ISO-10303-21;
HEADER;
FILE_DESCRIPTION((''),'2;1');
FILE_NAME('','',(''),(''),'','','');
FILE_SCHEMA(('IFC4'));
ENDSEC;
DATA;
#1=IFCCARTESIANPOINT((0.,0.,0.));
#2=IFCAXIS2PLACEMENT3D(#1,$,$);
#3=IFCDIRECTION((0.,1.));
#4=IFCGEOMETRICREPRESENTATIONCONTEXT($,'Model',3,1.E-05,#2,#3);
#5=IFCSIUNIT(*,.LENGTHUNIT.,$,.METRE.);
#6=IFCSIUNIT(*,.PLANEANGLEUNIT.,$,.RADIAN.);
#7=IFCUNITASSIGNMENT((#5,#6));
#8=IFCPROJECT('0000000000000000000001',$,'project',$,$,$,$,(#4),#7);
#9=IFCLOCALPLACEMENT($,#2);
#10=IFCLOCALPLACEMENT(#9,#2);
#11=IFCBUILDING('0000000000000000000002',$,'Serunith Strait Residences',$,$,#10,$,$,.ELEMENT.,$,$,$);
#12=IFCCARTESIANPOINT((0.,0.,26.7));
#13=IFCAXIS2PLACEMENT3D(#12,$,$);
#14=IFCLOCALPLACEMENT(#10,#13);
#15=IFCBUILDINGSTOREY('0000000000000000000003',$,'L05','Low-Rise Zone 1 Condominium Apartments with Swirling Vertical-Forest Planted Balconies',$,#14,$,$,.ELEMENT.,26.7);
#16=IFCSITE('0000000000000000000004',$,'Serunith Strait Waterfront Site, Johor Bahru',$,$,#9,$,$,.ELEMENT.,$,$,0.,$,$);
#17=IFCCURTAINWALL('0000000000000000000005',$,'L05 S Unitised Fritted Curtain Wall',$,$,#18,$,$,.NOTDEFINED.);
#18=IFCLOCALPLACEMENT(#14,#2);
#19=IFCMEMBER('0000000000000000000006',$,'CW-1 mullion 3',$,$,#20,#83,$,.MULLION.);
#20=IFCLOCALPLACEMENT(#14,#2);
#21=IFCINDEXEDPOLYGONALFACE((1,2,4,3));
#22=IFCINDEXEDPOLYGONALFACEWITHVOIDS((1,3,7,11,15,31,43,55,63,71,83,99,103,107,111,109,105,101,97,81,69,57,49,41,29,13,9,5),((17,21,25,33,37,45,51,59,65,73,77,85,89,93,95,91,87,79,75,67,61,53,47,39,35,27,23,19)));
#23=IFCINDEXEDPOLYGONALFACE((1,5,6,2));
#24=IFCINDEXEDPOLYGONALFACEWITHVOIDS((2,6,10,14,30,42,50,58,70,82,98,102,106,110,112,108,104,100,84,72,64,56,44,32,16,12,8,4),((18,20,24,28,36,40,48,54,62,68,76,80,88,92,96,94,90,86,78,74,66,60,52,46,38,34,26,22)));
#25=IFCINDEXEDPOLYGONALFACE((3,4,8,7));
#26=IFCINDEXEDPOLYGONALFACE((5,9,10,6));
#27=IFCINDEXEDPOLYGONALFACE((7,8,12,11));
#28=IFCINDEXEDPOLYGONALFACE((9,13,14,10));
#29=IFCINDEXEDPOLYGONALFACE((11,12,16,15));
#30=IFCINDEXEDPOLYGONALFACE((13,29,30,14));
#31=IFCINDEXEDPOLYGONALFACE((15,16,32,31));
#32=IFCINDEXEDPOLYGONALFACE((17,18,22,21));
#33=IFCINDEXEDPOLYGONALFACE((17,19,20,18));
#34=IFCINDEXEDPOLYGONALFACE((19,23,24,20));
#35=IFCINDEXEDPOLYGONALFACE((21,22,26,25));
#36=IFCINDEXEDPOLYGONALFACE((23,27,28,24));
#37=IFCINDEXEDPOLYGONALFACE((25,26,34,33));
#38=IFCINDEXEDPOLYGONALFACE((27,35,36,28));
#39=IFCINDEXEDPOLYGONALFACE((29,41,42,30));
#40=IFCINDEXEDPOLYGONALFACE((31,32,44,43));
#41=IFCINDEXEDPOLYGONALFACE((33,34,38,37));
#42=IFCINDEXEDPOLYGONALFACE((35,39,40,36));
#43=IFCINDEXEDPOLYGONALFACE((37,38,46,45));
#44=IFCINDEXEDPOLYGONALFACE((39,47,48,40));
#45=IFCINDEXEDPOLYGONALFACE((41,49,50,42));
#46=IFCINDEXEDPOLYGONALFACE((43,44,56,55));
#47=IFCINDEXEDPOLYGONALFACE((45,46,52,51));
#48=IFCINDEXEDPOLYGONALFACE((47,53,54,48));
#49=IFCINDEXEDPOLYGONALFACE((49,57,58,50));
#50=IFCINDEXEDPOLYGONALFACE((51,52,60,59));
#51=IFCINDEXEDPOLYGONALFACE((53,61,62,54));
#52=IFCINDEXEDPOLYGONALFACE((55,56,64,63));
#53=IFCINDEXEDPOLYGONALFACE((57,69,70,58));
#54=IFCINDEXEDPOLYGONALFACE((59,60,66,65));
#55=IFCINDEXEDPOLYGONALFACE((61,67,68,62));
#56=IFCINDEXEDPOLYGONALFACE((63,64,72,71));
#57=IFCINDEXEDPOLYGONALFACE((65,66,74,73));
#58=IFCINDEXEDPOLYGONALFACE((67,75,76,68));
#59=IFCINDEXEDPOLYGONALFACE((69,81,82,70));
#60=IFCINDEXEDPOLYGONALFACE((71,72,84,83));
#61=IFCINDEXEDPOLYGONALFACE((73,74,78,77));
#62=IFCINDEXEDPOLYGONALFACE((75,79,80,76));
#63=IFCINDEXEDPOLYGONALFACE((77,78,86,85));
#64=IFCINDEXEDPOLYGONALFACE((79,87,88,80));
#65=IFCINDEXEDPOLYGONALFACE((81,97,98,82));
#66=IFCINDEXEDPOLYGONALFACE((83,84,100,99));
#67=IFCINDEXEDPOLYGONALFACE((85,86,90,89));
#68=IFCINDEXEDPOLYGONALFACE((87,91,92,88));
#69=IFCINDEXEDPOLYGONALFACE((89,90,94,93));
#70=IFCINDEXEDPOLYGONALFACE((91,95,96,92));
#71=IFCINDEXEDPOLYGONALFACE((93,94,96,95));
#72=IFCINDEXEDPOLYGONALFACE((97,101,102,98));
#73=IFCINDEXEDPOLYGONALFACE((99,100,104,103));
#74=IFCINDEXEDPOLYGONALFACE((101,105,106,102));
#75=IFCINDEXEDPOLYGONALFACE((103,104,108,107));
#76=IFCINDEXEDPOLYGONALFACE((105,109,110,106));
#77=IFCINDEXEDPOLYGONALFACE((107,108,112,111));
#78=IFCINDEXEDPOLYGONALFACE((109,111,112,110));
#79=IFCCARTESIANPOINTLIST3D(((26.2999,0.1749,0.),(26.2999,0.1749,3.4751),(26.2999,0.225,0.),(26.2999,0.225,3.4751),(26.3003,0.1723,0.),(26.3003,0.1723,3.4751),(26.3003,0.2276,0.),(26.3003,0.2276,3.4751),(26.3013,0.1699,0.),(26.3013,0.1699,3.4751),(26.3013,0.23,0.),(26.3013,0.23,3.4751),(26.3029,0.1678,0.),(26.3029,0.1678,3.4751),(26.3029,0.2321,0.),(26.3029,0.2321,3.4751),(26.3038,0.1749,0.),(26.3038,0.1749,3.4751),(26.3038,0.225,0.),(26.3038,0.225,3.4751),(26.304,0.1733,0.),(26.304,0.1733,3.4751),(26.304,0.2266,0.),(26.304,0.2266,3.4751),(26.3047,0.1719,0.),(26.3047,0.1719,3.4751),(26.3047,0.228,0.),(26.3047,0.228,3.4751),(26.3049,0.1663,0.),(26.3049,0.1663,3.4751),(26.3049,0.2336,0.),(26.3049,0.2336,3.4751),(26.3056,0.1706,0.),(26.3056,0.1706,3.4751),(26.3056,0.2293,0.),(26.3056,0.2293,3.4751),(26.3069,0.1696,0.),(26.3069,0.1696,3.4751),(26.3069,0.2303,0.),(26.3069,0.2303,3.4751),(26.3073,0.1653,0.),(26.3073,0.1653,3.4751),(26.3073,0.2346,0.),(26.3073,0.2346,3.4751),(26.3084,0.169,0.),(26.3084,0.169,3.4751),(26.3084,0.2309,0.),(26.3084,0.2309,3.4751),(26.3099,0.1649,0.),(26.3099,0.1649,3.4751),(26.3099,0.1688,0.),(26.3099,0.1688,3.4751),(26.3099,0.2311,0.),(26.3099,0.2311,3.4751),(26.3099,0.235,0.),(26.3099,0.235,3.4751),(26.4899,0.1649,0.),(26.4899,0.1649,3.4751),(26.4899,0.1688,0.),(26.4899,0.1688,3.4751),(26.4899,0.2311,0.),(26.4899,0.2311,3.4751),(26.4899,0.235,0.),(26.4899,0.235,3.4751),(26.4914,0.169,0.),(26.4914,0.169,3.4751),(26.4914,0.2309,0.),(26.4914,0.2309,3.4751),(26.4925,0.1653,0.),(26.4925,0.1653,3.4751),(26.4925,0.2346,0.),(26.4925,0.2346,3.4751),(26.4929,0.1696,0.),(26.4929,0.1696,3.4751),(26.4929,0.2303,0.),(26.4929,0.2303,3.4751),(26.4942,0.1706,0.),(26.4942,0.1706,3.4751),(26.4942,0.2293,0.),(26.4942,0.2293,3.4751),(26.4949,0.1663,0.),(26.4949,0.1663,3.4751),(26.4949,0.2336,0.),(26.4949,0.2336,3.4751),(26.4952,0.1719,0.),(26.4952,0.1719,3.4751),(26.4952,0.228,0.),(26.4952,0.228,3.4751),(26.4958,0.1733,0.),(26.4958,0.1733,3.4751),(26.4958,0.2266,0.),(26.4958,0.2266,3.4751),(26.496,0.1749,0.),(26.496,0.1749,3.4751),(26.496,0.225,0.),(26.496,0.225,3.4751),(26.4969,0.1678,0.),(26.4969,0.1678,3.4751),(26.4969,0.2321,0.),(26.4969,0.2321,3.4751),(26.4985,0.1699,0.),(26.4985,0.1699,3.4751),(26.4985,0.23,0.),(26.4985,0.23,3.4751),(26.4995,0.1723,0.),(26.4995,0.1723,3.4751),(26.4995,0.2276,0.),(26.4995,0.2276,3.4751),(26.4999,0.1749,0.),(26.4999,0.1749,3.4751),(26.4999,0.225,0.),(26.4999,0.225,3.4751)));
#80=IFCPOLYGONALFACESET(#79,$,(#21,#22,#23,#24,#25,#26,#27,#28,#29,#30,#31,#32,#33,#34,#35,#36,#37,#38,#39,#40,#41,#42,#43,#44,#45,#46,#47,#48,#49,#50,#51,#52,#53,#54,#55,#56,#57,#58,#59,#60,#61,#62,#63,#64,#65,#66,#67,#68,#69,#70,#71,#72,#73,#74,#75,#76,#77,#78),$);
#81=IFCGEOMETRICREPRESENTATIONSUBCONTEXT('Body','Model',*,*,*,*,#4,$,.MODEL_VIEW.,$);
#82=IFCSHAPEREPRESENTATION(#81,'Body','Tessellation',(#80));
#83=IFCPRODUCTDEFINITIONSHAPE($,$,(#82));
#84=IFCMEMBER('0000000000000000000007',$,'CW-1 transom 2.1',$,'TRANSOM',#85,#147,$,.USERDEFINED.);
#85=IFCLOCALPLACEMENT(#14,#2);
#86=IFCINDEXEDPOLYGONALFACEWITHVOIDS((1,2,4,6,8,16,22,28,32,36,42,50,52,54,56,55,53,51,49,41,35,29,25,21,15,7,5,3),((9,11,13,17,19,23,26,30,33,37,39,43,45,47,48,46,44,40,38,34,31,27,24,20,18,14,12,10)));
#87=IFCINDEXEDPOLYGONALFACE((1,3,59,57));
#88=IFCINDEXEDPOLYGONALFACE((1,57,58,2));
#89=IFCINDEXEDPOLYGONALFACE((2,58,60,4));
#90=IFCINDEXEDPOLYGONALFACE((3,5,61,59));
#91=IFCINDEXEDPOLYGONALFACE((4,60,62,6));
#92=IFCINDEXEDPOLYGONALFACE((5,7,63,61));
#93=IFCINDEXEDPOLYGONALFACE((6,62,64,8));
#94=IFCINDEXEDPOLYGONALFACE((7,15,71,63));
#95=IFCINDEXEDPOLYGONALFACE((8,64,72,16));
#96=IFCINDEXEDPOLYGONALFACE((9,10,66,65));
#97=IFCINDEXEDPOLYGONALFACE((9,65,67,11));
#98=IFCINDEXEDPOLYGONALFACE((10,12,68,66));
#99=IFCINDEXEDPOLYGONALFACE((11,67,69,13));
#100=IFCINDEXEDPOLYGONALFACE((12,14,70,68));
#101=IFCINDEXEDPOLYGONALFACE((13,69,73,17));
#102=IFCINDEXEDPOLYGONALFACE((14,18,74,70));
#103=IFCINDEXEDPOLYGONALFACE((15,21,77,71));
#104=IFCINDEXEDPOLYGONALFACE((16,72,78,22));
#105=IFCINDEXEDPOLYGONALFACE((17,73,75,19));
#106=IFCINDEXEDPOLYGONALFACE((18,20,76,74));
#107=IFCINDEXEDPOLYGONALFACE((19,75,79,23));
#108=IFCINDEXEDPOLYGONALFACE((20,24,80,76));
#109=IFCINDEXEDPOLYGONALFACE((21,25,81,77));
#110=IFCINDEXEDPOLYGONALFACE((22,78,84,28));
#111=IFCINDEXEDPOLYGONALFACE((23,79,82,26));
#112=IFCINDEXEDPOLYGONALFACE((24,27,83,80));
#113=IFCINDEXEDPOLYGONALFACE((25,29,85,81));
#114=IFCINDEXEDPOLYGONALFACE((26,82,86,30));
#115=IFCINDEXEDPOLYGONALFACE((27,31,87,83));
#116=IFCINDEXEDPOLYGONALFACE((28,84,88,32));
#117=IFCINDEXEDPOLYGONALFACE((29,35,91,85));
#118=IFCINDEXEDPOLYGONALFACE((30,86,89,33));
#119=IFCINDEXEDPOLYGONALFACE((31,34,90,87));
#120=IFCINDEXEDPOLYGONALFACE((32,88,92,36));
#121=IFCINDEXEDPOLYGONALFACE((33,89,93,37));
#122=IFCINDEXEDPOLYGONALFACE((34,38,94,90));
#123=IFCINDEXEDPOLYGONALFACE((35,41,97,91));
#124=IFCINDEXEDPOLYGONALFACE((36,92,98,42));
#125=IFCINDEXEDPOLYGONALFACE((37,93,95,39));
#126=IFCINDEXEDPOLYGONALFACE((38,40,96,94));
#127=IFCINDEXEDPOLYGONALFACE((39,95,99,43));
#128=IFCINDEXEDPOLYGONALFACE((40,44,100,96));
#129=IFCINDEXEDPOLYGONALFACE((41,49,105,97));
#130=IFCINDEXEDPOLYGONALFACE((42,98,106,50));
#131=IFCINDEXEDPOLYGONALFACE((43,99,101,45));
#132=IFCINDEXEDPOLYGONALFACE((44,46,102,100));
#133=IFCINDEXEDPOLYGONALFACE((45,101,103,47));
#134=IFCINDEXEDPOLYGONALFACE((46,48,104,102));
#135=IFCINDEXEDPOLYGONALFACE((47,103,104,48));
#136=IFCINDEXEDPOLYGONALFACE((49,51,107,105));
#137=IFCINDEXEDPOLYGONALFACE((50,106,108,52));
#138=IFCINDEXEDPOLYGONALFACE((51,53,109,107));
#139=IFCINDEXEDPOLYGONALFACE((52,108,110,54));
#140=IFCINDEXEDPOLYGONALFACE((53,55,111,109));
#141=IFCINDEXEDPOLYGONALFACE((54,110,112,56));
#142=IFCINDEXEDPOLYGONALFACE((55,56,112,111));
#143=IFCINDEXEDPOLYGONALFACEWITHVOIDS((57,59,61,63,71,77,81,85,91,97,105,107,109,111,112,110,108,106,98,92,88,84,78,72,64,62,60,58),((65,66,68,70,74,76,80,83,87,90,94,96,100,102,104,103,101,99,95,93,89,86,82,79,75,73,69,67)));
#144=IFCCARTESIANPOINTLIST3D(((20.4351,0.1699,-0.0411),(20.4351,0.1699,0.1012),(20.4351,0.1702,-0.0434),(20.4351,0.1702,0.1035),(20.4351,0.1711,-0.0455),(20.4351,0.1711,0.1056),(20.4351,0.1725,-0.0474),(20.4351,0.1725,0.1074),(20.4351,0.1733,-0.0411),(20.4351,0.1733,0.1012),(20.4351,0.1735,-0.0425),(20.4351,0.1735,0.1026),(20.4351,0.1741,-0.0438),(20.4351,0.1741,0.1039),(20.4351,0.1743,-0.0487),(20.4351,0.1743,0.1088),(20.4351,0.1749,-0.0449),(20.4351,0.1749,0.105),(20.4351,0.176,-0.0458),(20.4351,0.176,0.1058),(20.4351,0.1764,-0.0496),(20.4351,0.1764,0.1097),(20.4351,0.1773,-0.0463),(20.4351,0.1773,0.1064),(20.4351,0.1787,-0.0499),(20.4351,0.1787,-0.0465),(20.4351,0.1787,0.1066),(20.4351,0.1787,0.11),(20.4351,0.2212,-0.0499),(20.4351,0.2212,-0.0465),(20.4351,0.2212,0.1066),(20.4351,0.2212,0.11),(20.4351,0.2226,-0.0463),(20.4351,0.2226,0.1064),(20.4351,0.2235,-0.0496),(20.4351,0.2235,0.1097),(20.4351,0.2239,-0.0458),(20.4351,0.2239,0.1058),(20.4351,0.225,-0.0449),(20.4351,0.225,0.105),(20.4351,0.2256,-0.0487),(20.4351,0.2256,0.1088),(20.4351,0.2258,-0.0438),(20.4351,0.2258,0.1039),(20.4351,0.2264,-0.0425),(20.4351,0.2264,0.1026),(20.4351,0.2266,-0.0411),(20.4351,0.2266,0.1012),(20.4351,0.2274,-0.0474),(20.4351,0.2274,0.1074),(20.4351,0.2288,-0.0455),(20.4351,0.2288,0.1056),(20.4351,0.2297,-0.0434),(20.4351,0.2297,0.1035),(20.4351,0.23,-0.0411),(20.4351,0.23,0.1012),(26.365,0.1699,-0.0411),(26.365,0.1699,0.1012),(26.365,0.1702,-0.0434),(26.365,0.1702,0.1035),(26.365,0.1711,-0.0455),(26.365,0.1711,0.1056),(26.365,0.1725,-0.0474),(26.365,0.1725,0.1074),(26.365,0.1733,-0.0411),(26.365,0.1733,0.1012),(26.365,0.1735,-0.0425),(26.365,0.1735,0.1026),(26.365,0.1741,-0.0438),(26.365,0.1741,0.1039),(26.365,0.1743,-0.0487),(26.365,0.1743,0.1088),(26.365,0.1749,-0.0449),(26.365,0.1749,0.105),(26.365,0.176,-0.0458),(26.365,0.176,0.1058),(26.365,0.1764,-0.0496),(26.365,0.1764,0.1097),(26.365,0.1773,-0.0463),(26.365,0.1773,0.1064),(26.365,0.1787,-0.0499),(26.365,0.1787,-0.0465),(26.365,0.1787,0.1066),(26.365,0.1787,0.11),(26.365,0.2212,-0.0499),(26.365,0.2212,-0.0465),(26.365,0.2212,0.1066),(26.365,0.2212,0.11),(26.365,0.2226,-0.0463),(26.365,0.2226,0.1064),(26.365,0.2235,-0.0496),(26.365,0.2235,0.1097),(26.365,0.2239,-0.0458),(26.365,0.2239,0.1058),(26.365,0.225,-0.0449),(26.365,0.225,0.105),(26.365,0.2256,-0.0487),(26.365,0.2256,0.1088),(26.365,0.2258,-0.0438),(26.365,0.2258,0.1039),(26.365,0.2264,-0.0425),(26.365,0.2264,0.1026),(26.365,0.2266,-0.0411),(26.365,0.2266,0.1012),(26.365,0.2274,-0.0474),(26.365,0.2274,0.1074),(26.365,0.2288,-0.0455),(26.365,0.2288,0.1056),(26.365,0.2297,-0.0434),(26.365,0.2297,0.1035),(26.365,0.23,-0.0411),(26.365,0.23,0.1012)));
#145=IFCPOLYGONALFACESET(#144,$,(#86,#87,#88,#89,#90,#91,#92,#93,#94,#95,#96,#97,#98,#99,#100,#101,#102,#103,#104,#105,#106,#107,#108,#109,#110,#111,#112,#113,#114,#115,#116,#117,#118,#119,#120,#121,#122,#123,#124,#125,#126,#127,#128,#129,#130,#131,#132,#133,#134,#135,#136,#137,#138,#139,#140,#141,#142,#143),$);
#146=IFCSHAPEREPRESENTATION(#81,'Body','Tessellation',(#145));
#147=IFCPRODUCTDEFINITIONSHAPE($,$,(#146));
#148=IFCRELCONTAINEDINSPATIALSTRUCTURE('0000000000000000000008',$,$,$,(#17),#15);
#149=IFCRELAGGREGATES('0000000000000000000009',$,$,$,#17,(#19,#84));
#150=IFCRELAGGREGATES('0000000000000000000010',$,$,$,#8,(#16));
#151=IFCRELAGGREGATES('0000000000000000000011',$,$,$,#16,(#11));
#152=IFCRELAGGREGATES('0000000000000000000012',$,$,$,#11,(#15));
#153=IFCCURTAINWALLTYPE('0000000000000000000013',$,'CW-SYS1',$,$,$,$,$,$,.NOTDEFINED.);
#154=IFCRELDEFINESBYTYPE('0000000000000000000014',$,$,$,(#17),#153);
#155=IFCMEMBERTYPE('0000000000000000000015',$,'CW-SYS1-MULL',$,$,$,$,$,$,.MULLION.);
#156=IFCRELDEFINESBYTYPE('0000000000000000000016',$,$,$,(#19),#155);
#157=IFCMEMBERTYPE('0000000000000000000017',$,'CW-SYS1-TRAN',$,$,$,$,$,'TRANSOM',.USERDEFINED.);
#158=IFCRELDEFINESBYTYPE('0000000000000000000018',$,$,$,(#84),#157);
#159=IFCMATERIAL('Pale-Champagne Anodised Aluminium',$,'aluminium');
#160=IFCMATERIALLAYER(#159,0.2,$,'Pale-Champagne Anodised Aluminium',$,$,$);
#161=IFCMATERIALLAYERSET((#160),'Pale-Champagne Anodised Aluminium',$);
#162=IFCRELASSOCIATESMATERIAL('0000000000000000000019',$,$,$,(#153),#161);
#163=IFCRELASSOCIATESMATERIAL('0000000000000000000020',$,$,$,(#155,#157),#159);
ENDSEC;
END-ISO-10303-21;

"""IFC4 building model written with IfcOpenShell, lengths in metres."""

from ifc_helpers import new_model, si_unit, direction, frame, origin, origin_2d, place, context, subcontext, project, spatial, hollow_rectangle, extrude, source, transform, mapped, material, layer, layer_set, material_profile, profile_set, type_object, element, aggregate, save


model = new_model("IFC4")

# Units and contexts
model_context = context("Model", 3, precision=1e-05, world=origin(), true_north=direction((0.0, 1.0)))
body_context = subcontext(model_context, "Body", "Model", "MODEL_VIEW")
ifc_project = project(units=[si_unit("LENGTHUNIT", "METRE"), si_unit("PLANEANGLEUNIT", "RADIAN")], contexts=[model_context])

# Site, building, storey
site_placement = place(None, origin())
site = spatial("IfcSite", under=ifc_project, at=site_placement, Name="Serunith Strait Waterfront Site, Johor Bahru", CompositionType="ELEMENT", RefElevation=0.0)
building_placement = place(site_placement, origin())
building = spatial("IfcBuilding", under=site, at=building_placement, Name="Serunith Strait Residences", CompositionType="ELEMENT")
storey_placement = place(building_placement, frame((0.0, 0.0, 26.7)))
storey = spatial("IfcBuildingStorey", under=building, at=storey_placement, Name="L05", Description="Low-Rise Zone 1 Condominium Apartments with Swirling Vertical-Forest Planted Balconies", CompositionType="ELEMENT", Elevation=26.7)

# Curtain wall, members
ifc_material_1 = material(Name="Pale-Champagne Anodised Aluminium", Category="aluminium")
ifc_layer_1 = layer(ifc_material_1, 0.2, Name="Pale-Champagne Anodised Aluminium")
ifc_layer_set_1 = layer_set([ifc_layer_1], Name="Pale-Champagne Anodised Aluminium")
curtain_wall_type = type_object("IfcCurtainWallType", Name="CW-SYS1", PredefinedType="NOTDEFINED", material=ifc_layer_set_1)
curtain_wall_placement = place(storey_placement, origin())
curtain_wall = element("IfcCurtainWall", 1, at=curtain_wall_placement, inside=storey, type_object=curtain_wall_type, Name="L05 S Unitised Fritted Curtain Wall", PredefinedType="NOTDEFINED")
ifc_material_profile_1 = material_profile(ifc_material_1, hollow_rectangle(XDim=0.0701, YDim=0.2, WallThickness=0.0039, InnerFilletRadius=0.0061, OuterFilletRadius=0.01, at=origin_2d()), Name="ALU 200x70x4")
ifc_profile_set_1 = profile_set([ifc_material_profile_1], Name="Pale-Champagne Anodised Aluminium")
member_type_1 = type_object("IfcMemberType", Name="CW-SYS1-MULL", PredefinedType="MULLION", material=ifc_profile_set_1)
shared_shape_1 = source(origin(), body_context, "Body", "SweptSolid", [
    extrude(hollow_rectangle(XDim=0.0701, YDim=0.2, WallThickness=0.0039, InnerFilletRadius=0.0061, OuterFilletRadius=0.01, at=origin_2d()), origin(), (0.0, 0.0, 1.0), 3.4751),
])
member_1_placement = place(storey_placement, frame((26.3999, 0.2, 0.0), z_axis=(0.0, 0.0, 1.0), x_axis=(0.0, 1.0, 0.0)))
member_1 = element("IfcMember", 2, at=member_1_placement, type_object=member_type_1, Name="CW-1 mullion 3", PredefinedType="MULLION", context=body_context, shape_type="MappedRepresentation", body=[
    mapped(shared_shape_1, transform((0.0, 0.0, 0.0), scale=1.0)),
])
ifc_material_profile_2 = material_profile(ifc_material_1, hollow_rectangle(XDim=0.0601, YDim=0.1599, WallThickness=0.0034, InnerFilletRadius=0.0054, OuterFilletRadius=0.0088, at=origin_2d()), Name="ALU 160x60x3.5")
ifc_profile_set_2 = profile_set([ifc_material_profile_2], Name="Pale-Champagne Anodised Aluminium")
member_type_2 = type_object("IfcMemberType", Name="CW-SYS1-TRAN", ElementType="TRANSOM", PredefinedType="USERDEFINED", material=ifc_profile_set_2)
shared_shape_2 = source(origin(), body_context, "Body", "SweptSolid", [
    extrude(hollow_rectangle(XDim=0.0601, YDim=0.1599, WallThickness=0.0034, InnerFilletRadius=0.0054, OuterFilletRadius=0.0088, at=origin_2d()), origin(), (0.0, 0.0, 1.0), 5.9299),
])
member_2_placement = place(storey_placement, frame((20.4351, 0.2, 0.03), z_axis=(1.0, 0.0, 0.0), x_axis=(0.0, 1.0, 0.0)))
member_2 = element("IfcMember", 3, at=member_2_placement, type_object=member_type_2, Name="CW-1 transom 2.1", ObjectType="TRANSOM", PredefinedType="USERDEFINED", context=body_context, shape_type="MappedRepresentation", body=[
    mapped(shared_shape_2, transform((0.0, 0.0, 0.0), scale=1.0)),
])
aggregate(curtain_wall, [member_1, member_2])

save(model, "model.ifc")
